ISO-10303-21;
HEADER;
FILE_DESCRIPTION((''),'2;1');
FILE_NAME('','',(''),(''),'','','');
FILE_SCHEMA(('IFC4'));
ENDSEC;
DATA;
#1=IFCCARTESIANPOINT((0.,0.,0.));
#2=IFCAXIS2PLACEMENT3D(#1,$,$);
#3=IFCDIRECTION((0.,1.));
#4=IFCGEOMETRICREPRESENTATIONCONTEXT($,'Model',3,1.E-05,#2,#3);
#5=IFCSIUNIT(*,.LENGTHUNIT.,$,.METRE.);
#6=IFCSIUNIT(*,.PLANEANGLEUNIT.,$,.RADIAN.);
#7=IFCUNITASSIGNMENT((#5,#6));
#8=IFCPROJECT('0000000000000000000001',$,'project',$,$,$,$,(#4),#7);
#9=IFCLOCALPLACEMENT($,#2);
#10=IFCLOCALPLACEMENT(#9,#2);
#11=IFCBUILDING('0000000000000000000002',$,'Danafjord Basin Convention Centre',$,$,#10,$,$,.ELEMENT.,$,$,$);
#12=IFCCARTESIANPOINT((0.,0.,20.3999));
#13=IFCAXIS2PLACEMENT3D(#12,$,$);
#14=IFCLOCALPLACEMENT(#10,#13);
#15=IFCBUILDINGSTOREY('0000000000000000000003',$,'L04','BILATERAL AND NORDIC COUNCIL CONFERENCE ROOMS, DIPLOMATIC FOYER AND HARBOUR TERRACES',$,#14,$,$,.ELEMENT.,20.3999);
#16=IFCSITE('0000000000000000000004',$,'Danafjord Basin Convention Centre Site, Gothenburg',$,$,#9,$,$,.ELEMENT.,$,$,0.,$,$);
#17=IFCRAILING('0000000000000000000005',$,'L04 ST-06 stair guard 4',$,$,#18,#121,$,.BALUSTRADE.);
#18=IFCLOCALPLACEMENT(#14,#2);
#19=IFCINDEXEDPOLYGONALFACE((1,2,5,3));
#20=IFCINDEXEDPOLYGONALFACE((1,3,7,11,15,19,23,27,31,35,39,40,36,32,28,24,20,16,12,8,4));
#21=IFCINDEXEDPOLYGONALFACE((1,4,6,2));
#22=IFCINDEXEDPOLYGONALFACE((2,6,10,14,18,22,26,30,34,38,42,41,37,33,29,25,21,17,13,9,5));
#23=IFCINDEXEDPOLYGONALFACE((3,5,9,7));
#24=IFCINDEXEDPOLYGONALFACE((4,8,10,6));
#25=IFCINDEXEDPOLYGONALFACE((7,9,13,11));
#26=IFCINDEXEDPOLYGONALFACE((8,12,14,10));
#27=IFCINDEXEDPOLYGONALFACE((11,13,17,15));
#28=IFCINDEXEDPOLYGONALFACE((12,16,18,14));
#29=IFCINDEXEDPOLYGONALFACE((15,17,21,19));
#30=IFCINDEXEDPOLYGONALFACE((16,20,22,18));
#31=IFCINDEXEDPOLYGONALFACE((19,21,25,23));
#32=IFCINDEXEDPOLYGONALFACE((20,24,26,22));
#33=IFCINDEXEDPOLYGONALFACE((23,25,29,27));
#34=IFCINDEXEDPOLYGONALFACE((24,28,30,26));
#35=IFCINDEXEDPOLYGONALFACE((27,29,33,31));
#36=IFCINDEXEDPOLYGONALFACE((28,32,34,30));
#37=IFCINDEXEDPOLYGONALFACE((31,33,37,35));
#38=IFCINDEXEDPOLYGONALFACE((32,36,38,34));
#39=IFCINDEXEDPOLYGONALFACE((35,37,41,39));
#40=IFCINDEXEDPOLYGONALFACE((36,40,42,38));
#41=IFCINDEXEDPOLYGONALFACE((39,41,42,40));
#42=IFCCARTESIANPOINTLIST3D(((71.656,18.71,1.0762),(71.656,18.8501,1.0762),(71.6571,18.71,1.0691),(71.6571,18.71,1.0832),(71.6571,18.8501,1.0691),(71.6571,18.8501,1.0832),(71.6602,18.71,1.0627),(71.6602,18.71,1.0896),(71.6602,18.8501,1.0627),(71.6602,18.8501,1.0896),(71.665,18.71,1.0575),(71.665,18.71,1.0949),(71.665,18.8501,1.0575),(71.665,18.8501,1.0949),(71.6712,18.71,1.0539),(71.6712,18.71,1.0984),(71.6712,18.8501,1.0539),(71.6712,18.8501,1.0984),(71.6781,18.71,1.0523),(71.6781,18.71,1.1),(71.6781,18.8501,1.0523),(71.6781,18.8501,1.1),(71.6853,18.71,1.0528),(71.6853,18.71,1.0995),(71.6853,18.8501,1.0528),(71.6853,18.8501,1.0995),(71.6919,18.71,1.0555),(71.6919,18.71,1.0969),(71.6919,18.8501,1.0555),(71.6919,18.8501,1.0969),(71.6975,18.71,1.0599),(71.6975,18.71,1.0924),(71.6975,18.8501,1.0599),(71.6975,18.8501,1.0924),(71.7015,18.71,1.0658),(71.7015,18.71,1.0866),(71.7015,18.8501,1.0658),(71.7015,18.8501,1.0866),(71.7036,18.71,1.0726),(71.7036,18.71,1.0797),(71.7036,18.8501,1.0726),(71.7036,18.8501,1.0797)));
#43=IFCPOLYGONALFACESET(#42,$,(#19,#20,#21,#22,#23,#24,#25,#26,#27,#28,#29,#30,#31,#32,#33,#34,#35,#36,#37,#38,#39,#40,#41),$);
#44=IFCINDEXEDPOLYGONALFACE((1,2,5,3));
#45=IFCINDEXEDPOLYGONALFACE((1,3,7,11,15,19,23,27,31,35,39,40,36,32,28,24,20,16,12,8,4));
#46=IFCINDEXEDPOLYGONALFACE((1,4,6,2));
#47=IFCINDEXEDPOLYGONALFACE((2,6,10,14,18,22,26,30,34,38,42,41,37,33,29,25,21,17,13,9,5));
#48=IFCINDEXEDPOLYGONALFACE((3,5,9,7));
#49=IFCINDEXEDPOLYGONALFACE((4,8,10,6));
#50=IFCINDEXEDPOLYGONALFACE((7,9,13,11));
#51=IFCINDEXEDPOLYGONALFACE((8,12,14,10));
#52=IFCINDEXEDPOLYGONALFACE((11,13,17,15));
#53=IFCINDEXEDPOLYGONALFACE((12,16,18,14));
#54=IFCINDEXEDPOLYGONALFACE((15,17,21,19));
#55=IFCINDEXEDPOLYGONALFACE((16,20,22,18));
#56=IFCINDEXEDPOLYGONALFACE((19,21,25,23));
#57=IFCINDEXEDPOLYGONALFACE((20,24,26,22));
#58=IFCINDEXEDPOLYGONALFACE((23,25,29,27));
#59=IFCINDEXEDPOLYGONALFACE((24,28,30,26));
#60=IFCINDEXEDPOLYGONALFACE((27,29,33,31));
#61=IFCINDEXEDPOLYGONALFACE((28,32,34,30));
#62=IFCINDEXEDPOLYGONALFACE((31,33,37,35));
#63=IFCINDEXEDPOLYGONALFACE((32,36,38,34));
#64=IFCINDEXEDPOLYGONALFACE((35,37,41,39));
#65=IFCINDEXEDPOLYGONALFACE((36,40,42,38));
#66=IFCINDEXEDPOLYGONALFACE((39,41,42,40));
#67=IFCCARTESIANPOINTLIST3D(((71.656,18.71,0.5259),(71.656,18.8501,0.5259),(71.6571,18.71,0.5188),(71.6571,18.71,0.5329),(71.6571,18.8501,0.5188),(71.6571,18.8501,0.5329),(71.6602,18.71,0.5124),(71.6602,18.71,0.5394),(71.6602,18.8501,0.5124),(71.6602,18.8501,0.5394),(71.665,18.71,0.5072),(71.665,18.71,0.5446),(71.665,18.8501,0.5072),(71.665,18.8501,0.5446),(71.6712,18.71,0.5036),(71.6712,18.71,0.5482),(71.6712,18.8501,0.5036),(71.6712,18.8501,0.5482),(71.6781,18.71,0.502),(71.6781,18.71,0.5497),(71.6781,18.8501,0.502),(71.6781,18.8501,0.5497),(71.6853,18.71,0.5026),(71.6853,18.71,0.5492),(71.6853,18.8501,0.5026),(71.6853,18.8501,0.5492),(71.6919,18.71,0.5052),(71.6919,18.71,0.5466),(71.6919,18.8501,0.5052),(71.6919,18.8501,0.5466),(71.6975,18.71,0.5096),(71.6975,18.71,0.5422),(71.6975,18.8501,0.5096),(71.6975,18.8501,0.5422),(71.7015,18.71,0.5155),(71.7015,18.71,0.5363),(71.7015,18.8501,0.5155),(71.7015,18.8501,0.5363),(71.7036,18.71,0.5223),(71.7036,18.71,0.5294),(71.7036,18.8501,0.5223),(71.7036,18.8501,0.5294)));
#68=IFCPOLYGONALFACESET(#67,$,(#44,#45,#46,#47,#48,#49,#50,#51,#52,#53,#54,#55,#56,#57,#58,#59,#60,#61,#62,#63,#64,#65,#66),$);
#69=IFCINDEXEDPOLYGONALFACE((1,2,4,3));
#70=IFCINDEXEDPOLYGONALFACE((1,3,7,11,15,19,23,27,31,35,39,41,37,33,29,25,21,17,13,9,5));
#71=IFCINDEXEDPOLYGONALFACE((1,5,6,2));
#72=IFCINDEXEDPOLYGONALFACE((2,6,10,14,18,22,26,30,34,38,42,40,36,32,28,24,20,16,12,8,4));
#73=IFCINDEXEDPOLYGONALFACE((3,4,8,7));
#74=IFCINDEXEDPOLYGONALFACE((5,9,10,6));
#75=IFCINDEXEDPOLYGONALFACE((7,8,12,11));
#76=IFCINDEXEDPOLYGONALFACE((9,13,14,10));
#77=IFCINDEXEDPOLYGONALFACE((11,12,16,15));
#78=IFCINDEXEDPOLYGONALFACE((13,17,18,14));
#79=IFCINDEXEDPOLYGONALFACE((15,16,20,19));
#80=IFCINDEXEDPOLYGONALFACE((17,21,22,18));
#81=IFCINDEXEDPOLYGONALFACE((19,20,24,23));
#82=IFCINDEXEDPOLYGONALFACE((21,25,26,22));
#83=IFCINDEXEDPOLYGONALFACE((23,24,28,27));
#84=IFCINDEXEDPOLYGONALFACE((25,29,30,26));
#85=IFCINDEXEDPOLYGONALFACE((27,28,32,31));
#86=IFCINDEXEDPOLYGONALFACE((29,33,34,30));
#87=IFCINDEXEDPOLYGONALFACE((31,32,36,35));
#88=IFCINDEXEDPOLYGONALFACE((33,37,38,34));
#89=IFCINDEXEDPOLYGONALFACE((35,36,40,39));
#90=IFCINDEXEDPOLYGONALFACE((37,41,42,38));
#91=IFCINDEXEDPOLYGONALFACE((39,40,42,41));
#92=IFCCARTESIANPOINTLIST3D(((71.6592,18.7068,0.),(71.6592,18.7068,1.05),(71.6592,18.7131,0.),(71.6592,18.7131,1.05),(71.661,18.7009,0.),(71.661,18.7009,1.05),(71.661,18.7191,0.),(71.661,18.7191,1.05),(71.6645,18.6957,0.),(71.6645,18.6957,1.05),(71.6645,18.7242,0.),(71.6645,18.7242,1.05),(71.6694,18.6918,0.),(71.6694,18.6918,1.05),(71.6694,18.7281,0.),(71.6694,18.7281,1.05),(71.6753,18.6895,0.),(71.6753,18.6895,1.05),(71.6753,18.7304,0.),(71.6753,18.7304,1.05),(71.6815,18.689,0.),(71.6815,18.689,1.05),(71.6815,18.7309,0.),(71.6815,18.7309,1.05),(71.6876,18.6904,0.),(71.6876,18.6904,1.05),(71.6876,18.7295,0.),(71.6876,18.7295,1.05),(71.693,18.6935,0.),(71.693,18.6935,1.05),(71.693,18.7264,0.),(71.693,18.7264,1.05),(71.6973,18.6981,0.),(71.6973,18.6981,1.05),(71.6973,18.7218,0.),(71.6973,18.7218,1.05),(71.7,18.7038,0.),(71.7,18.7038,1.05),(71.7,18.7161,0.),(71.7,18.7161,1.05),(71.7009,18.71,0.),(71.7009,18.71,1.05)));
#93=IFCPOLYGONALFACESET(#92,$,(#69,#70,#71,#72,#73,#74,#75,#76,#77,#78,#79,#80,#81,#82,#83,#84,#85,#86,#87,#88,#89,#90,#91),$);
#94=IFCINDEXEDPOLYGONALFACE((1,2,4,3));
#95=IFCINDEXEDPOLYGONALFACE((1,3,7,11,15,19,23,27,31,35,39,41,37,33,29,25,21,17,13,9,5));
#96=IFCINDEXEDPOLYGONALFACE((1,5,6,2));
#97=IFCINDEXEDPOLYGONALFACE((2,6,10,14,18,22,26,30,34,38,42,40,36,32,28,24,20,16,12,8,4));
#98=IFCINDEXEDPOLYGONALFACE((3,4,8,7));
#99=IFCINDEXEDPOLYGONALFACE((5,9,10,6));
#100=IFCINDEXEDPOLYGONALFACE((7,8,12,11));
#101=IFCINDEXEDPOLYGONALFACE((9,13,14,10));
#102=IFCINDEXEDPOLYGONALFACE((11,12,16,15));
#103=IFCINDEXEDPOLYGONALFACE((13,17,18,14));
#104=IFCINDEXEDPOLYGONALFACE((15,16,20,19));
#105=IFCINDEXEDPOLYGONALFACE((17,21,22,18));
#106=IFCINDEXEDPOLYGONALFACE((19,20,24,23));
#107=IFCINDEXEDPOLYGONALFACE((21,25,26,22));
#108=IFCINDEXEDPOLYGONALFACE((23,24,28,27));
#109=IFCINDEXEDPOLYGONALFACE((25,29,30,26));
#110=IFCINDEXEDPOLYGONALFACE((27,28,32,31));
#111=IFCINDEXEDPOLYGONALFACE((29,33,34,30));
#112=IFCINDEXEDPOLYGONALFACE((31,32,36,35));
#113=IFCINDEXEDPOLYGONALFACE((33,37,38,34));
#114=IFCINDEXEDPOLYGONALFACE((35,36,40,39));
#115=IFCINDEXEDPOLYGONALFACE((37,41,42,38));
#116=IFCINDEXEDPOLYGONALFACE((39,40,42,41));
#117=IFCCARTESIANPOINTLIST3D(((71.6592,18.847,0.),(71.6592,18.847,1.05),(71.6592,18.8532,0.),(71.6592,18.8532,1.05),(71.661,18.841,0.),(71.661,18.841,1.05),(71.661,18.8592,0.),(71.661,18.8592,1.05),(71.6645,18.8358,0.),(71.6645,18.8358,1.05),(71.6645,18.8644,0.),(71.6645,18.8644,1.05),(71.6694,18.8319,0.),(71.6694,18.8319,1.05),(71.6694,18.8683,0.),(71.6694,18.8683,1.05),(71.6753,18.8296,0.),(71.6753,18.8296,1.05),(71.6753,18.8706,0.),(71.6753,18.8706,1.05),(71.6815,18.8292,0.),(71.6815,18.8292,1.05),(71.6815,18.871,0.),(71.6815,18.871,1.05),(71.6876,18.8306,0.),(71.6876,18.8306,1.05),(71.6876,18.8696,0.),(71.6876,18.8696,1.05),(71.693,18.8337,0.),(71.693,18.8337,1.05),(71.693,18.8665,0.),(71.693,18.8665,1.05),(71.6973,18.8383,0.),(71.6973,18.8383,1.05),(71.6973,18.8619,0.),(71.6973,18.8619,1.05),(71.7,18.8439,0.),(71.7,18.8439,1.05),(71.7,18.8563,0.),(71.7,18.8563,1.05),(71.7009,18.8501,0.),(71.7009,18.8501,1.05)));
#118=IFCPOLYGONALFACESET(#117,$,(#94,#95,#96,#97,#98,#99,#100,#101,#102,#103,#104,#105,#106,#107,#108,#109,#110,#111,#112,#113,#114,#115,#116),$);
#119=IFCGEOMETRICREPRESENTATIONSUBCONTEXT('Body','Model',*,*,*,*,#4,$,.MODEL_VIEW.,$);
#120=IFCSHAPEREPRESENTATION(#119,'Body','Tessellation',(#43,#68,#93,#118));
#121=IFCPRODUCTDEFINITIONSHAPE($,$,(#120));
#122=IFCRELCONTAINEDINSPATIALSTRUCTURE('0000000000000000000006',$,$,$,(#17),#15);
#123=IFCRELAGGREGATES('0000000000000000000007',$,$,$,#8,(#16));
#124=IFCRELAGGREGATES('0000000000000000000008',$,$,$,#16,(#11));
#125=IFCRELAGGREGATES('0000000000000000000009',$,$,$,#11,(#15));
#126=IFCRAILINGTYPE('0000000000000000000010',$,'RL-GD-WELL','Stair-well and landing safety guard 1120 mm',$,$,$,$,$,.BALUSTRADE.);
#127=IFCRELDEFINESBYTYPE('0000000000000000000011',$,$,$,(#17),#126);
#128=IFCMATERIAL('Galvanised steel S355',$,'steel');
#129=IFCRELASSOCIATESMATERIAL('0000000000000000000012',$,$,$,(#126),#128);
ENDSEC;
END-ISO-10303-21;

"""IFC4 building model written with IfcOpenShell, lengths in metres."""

from ifc_helpers import new_model, si_unit, direction, frame, origin, origin_2d, place, context, subcontext, project, spatial, circle, extrude, material, type_object, element, save


model = new_model("IFC4")

# Units and contexts
model_context = context("Model", 3, precision=1e-05, world=origin(), true_north=direction((0.0, 1.0)))
body_context = subcontext(model_context, "Body", "Model", "MODEL_VIEW")
ifc_project = project(units=[si_unit("LENGTHUNIT", "METRE"), si_unit("PLANEANGLEUNIT", "RADIAN")], contexts=[model_context])

# Site, building, storey
site_placement = place(None, origin())
site = spatial("IfcSite", under=ifc_project, at=site_placement, Name="Danafjord Basin Convention Centre Site, Gothenburg", CompositionType="ELEMENT", RefElevation=0.0)
building_placement = place(site_placement, origin())
building = spatial("IfcBuilding", under=site, at=building_placement, Name="Danafjord Basin Convention Centre", CompositionType="ELEMENT")
storey_placement = place(building_placement, frame((0.0, 0.0, 20.3999)))
storey = spatial("IfcBuildingStorey", under=building, at=storey_placement, Name="L04", Description="BILATERAL AND NORDIC COUNCIL CONFERENCE ROOMS, DIPLOMATIC FOYER AND HARBOUR TERRACES", CompositionType="ELEMENT", Elevation=20.3999)

# Railing
ifc_material_1 = material(Name="Galvanised steel S355", Category="steel")
railing_type_1 = type_object("IfcRailingType", Name="RL-GD-WELL", Description="Stair-well and landing safety guard 1120 mm", PredefinedType="BALUSTRADE", material=ifc_material_1)
railing_1_placement = place(storey_placement, frame((71.6799, 18.71, 0.0)))
element("IfcRailing", 1, at=railing_1_placement, inside=storey, type_object=railing_type_1, Name="L04 ST-06 stair guard 4", PredefinedType="BALUSTRADE", context=body_context, shape_type="SweptSolid", body=[
    extrude(circle(Radius=0.0239, at=origin_2d()), frame((0.0, 0.0, 1.0762), z_axis=(0.0, 1.0, 0.0), x_axis=(-1.0, 0.0, 0.0)), (0.0, 0.0, 1.0), 0.1401),
    extrude(circle(Radius=0.0239, at=origin_2d()), frame((0.0, 0.0, 0.5259), z_axis=(0.0, 1.0, 0.0), x_axis=(-1.0, 0.0, 0.0)), (0.0, 0.0, 1.0), 0.1401),
    extrude(circle(Radius=0.021, at=origin_2d()), origin(), (0.0, 0.0, 1.0), 1.05),
    extrude(circle(Radius=0.021, at=origin_2d()), frame((0.0, 0.1401, 0.0)), (0.0, 0.0, 1.0), 1.05),
])

save(model, "model.ifc")
